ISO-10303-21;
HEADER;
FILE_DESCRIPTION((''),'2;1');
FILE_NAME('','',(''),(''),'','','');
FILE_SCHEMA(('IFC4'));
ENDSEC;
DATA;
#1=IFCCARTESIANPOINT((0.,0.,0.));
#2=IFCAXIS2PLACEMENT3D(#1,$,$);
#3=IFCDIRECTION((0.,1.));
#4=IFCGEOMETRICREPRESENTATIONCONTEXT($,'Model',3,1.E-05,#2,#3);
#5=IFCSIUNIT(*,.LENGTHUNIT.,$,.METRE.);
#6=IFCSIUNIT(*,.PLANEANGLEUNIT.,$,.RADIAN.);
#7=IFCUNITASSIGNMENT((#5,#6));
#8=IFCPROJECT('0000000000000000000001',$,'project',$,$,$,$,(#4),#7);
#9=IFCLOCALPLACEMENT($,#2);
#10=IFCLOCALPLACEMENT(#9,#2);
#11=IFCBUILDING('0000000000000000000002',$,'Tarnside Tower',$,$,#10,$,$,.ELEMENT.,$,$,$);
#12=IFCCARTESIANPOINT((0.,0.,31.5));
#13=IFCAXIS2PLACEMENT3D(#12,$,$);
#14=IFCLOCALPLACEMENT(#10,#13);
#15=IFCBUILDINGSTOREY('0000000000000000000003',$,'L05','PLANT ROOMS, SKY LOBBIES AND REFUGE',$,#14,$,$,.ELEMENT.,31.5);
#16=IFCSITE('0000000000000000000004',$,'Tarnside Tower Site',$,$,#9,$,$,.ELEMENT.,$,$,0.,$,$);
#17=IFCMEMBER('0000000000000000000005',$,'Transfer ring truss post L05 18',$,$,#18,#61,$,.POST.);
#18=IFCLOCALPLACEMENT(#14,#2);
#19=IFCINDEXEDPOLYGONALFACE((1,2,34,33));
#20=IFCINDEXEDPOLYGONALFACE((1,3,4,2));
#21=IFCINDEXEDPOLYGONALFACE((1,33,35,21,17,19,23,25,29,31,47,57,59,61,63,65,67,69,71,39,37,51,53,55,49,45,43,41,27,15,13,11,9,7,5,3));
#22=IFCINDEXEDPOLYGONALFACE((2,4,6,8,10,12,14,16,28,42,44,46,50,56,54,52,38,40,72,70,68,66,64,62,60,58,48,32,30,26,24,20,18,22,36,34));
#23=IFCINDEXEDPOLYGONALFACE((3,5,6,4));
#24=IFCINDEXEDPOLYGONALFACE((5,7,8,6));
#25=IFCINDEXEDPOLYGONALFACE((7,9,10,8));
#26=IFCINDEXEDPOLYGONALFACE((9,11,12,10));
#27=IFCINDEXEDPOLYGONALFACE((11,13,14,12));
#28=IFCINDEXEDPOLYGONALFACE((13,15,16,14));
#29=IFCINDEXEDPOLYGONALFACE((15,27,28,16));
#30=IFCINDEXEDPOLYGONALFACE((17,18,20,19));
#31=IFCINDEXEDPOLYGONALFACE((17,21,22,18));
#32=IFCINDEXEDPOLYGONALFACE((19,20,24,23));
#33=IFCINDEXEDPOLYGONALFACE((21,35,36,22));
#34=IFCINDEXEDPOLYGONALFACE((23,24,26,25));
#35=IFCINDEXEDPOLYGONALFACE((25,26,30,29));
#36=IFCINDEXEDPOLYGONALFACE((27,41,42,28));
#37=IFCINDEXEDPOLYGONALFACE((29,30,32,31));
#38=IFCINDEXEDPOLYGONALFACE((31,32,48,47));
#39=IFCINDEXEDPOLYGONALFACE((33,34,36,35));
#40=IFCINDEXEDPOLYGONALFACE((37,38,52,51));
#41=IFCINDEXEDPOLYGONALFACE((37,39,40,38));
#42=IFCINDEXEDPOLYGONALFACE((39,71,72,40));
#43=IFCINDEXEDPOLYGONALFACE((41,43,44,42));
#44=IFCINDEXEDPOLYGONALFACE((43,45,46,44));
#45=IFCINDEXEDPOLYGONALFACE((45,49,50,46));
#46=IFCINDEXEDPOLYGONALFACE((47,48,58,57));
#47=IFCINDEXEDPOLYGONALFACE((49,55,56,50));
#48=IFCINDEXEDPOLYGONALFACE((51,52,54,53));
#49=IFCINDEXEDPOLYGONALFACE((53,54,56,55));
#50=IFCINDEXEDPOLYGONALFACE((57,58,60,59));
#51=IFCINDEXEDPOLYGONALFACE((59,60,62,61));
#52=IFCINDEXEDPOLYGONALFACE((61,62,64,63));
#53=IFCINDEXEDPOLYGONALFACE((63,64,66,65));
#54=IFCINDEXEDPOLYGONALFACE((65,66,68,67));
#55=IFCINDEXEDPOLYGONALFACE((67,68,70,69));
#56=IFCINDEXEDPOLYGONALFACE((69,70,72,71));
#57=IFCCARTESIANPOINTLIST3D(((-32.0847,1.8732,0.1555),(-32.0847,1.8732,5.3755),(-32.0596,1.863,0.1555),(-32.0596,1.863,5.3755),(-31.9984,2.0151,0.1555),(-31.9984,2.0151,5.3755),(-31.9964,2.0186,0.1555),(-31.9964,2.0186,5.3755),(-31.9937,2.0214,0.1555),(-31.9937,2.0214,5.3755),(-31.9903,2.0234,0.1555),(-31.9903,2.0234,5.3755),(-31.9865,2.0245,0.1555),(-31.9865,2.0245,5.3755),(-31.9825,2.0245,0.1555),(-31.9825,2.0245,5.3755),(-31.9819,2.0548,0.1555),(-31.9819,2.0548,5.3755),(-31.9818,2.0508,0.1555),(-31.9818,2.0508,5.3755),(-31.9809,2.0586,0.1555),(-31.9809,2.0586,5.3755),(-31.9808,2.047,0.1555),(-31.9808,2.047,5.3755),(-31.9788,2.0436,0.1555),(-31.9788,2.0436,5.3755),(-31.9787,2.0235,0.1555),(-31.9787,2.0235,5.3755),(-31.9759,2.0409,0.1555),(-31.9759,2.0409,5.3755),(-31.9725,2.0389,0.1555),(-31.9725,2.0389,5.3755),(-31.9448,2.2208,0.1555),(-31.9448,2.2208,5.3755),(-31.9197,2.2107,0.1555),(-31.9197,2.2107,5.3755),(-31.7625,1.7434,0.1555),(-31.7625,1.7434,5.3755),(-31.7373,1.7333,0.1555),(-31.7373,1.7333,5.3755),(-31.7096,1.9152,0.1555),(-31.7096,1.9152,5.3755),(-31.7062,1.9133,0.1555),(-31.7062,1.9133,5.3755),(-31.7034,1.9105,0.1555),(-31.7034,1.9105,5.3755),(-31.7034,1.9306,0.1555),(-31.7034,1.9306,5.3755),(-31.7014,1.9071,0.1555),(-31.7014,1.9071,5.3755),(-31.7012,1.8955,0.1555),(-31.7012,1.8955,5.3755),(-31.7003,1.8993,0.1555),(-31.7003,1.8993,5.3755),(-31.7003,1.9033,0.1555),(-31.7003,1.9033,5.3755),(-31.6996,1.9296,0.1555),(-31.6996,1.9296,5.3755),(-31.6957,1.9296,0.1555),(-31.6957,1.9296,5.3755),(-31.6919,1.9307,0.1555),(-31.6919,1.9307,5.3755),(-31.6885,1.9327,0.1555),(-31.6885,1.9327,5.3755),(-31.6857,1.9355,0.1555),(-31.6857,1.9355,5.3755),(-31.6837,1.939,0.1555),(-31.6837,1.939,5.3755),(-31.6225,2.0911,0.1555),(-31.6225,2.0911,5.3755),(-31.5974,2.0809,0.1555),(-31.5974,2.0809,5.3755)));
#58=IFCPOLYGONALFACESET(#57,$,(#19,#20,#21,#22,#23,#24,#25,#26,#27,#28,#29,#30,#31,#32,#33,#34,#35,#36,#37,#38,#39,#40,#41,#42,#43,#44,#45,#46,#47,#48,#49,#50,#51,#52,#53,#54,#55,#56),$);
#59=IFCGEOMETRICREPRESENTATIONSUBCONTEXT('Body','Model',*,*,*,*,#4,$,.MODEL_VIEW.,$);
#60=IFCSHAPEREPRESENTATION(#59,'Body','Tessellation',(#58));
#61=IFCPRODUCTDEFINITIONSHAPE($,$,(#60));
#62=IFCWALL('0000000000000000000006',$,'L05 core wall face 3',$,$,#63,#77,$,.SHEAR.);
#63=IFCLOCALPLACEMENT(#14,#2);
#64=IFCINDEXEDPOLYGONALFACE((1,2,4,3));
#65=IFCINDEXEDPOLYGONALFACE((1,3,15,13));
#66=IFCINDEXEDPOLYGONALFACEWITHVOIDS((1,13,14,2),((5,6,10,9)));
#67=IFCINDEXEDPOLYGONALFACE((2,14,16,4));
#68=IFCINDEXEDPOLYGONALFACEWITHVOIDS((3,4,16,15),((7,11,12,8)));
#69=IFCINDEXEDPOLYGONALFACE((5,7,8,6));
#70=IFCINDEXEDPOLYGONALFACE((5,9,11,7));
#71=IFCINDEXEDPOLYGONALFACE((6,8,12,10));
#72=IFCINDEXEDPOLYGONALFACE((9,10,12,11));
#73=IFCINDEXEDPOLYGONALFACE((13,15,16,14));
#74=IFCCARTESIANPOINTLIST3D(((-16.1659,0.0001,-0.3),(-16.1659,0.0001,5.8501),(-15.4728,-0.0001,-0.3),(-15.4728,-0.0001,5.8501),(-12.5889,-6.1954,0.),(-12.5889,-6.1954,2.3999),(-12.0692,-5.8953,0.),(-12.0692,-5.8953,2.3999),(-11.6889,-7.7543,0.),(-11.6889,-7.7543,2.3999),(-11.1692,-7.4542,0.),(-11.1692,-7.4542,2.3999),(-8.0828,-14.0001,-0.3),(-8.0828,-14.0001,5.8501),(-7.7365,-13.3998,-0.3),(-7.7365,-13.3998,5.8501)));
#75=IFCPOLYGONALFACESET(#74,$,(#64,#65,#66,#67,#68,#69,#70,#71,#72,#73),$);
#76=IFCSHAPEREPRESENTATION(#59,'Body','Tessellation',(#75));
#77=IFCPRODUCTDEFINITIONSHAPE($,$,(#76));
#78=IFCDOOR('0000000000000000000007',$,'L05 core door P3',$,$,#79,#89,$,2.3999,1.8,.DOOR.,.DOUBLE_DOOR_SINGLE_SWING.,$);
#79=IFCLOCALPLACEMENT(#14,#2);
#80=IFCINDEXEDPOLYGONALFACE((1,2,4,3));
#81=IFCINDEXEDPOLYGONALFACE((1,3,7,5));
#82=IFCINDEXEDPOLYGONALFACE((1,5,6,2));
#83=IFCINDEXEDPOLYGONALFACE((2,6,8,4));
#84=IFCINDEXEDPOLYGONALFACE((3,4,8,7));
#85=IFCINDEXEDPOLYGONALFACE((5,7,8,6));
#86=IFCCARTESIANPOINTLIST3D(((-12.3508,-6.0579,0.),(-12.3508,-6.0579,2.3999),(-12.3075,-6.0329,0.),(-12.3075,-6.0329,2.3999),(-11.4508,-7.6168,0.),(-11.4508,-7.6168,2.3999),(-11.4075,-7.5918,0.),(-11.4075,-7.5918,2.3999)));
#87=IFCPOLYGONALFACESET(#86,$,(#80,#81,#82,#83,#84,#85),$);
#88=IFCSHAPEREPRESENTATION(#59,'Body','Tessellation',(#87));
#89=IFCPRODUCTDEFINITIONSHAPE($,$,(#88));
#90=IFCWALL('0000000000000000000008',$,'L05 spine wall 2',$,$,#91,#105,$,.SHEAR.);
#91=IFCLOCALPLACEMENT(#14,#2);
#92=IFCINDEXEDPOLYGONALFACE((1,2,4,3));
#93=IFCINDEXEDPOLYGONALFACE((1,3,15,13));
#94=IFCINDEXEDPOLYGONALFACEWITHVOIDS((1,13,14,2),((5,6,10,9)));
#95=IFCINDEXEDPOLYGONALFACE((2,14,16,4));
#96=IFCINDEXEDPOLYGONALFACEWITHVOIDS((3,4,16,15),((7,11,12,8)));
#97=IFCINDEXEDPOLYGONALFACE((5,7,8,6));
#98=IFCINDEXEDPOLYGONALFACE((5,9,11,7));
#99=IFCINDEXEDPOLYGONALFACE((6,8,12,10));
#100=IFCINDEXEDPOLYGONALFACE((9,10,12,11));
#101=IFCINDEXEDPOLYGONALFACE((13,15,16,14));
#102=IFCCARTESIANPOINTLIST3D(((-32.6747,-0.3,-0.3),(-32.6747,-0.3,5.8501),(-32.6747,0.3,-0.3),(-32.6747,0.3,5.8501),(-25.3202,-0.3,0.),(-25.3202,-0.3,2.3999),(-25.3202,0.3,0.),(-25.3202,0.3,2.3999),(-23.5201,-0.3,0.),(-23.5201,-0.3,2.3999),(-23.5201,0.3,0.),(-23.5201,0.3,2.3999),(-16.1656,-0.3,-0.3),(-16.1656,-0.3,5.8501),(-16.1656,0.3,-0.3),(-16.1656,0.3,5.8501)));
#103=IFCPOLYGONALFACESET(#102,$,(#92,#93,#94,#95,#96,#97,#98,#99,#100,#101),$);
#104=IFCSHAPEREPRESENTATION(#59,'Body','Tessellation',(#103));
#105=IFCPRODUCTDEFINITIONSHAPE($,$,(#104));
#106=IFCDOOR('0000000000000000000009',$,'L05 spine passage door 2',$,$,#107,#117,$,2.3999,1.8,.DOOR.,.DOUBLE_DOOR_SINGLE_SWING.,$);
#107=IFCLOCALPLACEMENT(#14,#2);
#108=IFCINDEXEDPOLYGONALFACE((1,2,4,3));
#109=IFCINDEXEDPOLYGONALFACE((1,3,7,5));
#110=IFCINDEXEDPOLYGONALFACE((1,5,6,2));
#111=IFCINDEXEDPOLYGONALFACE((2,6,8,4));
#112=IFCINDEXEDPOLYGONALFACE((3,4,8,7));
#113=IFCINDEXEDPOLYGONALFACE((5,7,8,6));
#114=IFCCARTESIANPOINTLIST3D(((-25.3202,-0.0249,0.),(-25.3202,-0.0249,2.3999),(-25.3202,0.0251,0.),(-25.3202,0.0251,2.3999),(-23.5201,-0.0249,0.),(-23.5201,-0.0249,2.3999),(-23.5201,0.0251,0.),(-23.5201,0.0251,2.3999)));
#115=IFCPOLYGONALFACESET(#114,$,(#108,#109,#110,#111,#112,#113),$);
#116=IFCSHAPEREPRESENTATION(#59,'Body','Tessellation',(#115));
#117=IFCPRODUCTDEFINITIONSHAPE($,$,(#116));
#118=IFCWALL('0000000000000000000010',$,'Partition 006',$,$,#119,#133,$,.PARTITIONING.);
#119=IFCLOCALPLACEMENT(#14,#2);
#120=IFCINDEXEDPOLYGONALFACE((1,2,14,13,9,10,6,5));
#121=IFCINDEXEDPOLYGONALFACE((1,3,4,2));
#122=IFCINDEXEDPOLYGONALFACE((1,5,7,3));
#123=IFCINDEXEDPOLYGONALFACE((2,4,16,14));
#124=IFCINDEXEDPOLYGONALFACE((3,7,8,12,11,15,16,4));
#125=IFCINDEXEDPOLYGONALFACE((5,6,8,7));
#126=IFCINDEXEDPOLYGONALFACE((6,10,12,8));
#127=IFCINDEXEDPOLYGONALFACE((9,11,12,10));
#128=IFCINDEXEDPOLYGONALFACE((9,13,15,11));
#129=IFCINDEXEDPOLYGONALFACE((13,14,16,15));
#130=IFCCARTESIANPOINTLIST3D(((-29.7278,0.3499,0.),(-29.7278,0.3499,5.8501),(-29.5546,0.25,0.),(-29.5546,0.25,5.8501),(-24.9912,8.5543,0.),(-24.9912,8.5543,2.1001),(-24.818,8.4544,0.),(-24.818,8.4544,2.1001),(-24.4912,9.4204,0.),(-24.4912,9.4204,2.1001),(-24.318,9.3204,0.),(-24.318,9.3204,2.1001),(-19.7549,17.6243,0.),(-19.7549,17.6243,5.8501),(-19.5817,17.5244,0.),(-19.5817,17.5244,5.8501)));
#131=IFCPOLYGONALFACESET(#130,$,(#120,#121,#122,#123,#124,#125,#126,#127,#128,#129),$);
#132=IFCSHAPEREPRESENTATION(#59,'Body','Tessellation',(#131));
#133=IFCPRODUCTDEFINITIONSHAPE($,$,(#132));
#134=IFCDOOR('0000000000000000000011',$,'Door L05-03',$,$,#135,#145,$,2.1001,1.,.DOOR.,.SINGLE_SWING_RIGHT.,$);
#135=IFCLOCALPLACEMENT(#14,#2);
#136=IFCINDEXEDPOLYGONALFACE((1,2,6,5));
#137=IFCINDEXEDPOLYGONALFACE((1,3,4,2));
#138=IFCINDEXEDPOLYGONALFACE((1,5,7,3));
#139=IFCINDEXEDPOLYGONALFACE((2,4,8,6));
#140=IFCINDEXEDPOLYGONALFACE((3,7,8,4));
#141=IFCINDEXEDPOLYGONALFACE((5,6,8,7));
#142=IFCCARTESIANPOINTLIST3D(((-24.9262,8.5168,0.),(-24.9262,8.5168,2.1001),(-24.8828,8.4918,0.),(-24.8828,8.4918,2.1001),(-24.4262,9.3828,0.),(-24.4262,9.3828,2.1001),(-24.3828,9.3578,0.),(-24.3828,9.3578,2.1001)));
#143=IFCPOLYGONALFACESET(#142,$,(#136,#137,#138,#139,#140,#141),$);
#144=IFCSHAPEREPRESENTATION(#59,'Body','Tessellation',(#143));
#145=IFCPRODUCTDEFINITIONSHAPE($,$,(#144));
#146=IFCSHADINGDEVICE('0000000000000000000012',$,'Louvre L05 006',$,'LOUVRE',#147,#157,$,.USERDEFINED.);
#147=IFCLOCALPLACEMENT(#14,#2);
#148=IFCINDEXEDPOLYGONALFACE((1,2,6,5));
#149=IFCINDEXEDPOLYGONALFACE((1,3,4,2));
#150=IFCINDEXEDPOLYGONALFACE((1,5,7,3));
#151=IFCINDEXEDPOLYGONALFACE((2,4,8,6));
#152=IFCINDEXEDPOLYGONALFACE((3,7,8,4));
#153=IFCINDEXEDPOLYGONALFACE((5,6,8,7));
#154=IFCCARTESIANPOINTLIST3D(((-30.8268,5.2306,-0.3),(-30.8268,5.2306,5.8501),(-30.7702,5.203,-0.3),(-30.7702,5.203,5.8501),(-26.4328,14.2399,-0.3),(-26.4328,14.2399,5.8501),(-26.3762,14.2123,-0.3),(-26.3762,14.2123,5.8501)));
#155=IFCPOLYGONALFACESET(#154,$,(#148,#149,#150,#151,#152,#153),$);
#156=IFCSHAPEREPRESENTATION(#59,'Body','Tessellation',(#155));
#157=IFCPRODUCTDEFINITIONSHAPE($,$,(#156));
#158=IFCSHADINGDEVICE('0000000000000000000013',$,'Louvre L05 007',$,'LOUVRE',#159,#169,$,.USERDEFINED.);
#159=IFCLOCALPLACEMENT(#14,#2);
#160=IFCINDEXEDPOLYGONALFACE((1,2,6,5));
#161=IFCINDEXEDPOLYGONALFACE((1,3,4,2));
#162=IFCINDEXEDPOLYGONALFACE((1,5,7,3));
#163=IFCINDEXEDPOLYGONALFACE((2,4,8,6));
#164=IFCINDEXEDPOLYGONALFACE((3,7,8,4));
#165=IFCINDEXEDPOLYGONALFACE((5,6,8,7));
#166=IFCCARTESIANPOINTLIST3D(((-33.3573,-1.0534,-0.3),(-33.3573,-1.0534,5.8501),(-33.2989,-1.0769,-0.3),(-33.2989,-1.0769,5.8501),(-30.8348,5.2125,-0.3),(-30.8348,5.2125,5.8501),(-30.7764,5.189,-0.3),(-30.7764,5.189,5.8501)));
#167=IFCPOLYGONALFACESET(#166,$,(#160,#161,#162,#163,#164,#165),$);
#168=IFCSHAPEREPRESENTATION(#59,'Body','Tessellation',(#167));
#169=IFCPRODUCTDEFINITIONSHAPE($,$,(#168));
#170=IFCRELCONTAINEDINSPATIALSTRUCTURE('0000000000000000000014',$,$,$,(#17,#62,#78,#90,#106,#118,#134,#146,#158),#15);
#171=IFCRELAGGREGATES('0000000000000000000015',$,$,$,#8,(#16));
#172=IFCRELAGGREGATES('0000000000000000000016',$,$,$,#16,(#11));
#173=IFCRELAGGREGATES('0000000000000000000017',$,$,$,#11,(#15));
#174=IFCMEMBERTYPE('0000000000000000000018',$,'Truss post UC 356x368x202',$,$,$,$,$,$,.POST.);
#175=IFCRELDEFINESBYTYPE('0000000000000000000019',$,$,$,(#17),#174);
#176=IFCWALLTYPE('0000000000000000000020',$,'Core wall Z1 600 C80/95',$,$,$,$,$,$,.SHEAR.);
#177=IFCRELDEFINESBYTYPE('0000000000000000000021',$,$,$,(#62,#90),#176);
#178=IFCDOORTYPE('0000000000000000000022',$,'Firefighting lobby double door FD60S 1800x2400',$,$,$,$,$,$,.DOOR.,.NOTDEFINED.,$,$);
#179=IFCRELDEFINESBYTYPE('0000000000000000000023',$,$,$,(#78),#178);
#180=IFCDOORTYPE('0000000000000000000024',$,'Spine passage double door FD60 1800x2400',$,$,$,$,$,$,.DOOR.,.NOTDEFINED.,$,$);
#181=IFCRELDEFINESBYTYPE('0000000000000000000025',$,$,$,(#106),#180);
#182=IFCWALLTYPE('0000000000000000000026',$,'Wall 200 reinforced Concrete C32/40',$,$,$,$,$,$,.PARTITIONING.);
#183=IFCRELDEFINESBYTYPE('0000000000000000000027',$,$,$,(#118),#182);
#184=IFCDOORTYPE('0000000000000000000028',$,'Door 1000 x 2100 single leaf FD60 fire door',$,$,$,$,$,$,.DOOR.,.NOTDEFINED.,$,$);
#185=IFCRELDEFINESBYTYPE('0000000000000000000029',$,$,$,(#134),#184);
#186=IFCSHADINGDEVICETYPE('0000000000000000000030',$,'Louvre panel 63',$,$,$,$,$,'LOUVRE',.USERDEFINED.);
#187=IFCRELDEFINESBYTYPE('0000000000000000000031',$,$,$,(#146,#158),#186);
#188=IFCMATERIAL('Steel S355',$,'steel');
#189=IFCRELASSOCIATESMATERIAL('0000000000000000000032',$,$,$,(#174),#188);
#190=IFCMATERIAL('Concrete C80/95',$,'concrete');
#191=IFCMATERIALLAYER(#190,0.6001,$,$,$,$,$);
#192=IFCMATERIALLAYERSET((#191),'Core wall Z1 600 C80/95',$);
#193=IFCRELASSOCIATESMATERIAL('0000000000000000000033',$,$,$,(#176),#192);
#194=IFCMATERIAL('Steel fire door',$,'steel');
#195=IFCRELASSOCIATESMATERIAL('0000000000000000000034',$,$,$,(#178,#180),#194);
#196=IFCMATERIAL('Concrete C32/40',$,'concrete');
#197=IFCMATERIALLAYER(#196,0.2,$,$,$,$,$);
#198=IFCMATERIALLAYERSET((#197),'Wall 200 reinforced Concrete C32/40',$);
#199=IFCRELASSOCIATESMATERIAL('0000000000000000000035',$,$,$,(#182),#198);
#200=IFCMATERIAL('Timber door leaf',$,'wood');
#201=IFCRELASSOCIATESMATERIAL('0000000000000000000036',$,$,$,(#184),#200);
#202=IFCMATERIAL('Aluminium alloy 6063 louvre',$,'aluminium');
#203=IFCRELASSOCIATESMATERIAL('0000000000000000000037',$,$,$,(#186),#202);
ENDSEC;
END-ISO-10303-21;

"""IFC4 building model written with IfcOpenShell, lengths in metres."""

from ifc_helpers import new_model, si_unit, direction, frame, frame_2d, origin, origin_2d, place, context, subcontext, project, spatial, polyline, rectangle, i_section, outline, extrude, material, layer, layer_set, material_profile, profile_set, type_object, element, fill, save


model = new_model("IFC4")

# Units and contexts
model_context = context("Model", 3, precision=1e-05, world=origin(), true_north=direction((0.0, 1.0)))
body_context = subcontext(model_context, "Body", "Model", "MODEL_VIEW")
ifc_project = project(units=[si_unit("LENGTHUNIT", "METRE"), si_unit("PLANEANGLEUNIT", "RADIAN")], contexts=[model_context])

# Site, building, storey
site_placement = place(None, origin())
site = spatial("IfcSite", under=ifc_project, at=site_placement, Name="Tarnside Tower Site", CompositionType="ELEMENT", RefElevation=0.0)
building_placement = place(site_placement, origin())
building = spatial("IfcBuilding", under=site, at=building_placement, Name="Tarnside Tower", CompositionType="ELEMENT")
storey_placement = place(building_placement, frame((0.0, 0.0, 31.5)))
storey = spatial("IfcBuildingStorey", under=building, at=storey_placement, Name="L05", Description="PLANT ROOMS, SKY LOBBIES AND REFUGE", CompositionType="ELEMENT", Elevation=31.5)

# Shared definitions
ifc_material_1 = material(Name="Steel S355", Category="steel")

# Member
ifc_material_profile_1 = material_profile(ifc_material_1, i_section(OverallWidth=0.3748, OverallDepth=0.3745, WebThickness=0.0166, FlangeThickness=0.0271, FilletRadius=0.0151, at=origin_2d()), Name="UC 356x368x202")
ifc_profile_set_1 = profile_set([ifc_material_profile_1], Name="Steel S355")
member_type_1 = type_object("IfcMemberType", Name="Truss post UC 356x368x202", PredefinedType="POST", material=ifc_profile_set_1)
for number, where, z_axis, x_axis, name in (
    (1, (-31.8411, 1.9771, 0.1555), (0.0, 0.0, 1.0), (-0.373452, -0.92765, 0.0), "Transfer ring truss post L05 18"),
):
    element("IfcMember", number, at=place(storey_placement, frame(where, z_axis=z_axis, x_axis=x_axis)), inside=storey, type_object=member_type_1, Name=name, PredefinedType="POST", context=body_context, shape_type="SweptSolid", body=[
        extrude(i_section(OverallWidth=0.3748, OverallDepth=0.3745, WebThickness=0.0166, FlangeThickness=0.0271, FilletRadius=0.0151, at=origin_2d()), origin(), (0.0, 0.0, 1.0), 5.22),
    ])

# Walls, openings, doors
ifc_material_2 = material(Name="Concrete C80/95", Category="concrete")
ifc_layer_1 = layer(ifc_material_2, 0.6001)
ifc_layer_set_1 = layer_set([ifc_layer_1], Name="Core wall Z1 600 C80/95")
wall_type_1 = type_object("IfcWallType", Name="Core wall Z1 600 C80/95", PredefinedType="SHEAR", material=ifc_layer_set_1)
wall_1_placement = place(storey_placement, frame((-15.8193, 0.0, -0.3), z_axis=(0.0, 0.0, 1.0), x_axis=(0.5, -0.866025, 0.0)))
wall_1 = element("IfcWall", 2, at=wall_1_placement, inside=storey, type_object=wall_type_1, Name="L05 core wall face 3", PredefinedType="SHEAR", context=body_context, shape_type="SweptSolid", body=[
    extrude(outline(polyline([(-0.1733, -0.3), (15.9927, -0.3), (15.646, 0.3), (0.1733, 0.3), (-0.1733, -0.3)])), origin(), (0.0, 0.0, 1.0), 6.1501),
])
opening_1_placement = place(wall_1_placement, frame((6.9807, 0.0, 0.3)))
opening_1 = element("IfcOpeningElement", 3, at=opening_1_placement, cuts=wall_1, PredefinedType="OPENING", context=body_context, shape_type="SweptSolid", body=[
    extrude(rectangle(XDim=1.8, YDim=2.3999, at=frame_2d((0.8999, 1.2))), frame((0.0, 0.3101, 0.0), z_axis=(0.0, -1.0, 0.0), x_axis=(1.0, 0.0, 0.0)), (0.0, 0.0, 1.0), 0.6201),
])
ifc_material_3 = material(Name="Steel fire door", Category="steel")
door_type_1 = type_object("IfcDoorType", Name="Firefighting lobby double door FD60S 1800x2400", OperationType="NOTDEFINED", PredefinedType="DOOR", material=ifc_material_3)
door_1_placement = place(opening_1_placement, origin())
door_1 = element("IfcDoor", 4, at=door_1_placement, inside=storey, type_object=door_type_1, Name="L05 core door P3", OperationType="DOUBLE_DOOR_SINGLE_SWING", OverallHeight=2.3999, OverallWidth=1.8, PredefinedType="DOOR", context=body_context, shape_type="SweptSolid", body=[
    extrude(rectangle(XDim=1.8, YDim=2.3999, at=frame_2d((0.8999, 1.2))), frame((0.0, 0.0249, 0.0), z_axis=(0.0, -1.0, 0.0), x_axis=(1.0, 0.0, 0.0)), (0.0, 0.0, 1.0), 0.05),
])
fill(opening_1, door_1)
wall_2_placement = place(storey_placement, frame((-16.1658, 0.0, -0.3), z_axis=(0.0, 0.0, 1.0), x_axis=(-1.0, 0.0, 0.0)))
wall_2 = element("IfcWall", 5, at=wall_2_placement, inside=storey, type_object=wall_type_1, Name="L05 spine wall 2", PredefinedType="SHEAR", context=body_context, shape_type="SweptSolid", body=[
    extrude(rectangle(XDim=16.509, YDim=0.6001, at=frame_2d((8.2544, 0.0))), origin(), (0.0, 0.0, 1.0), 6.1501),
])
opening_2_placement = place(wall_2_placement, frame((7.3545, 0.0, 0.3)))
opening_2 = element("IfcOpeningElement", 6, at=opening_2_placement, cuts=wall_2, PredefinedType="OPENING", context=body_context, shape_type="SweptSolid", body=[
    extrude(rectangle(XDim=1.8, YDim=2.3999, at=frame_2d((0.8999, 1.2))), frame((0.0, 0.3101, 0.0), z_axis=(0.0, -1.0, 0.0), x_axis=(1.0, 0.0, 0.0)), (0.0, 0.0, 1.0), 0.6201),
])
door_type_2 = type_object("IfcDoorType", Name="Spine passage double door FD60 1800x2400", OperationType="NOTDEFINED", PredefinedType="DOOR", material=ifc_material_3)
door_2_placement = place(opening_2_placement, origin())
door_2 = element("IfcDoor", 7, at=door_2_placement, inside=storey, type_object=door_type_2, Name="L05 spine passage door 2", OperationType="DOUBLE_DOOR_SINGLE_SWING", OverallHeight=2.3999, OverallWidth=1.8, PredefinedType="DOOR", context=body_context, shape_type="SweptSolid", body=[
    extrude(rectangle(XDim=1.8, YDim=2.3999, at=frame_2d((0.8999, 1.2))), frame((0.0, 0.0249, 0.0), z_axis=(0.0, -1.0, 0.0), x_axis=(1.0, 0.0, 0.0)), (0.0, 0.0, 1.0), 0.05),
])
fill(opening_2, door_2)
ifc_material_4 = material(Name="Concrete C32/40", Category="concrete")
ifc_layer_2 = layer(ifc_material_4, 0.2)
ifc_layer_set_2 = layer_set([ifc_layer_2], Name="Wall 200 reinforced Concrete C32/40")
wall_type_2 = type_object("IfcWallType", Name="Wall 200 reinforced Concrete C32/40", PredefinedType="PARTITIONING", material=ifc_layer_set_2)
wall_3_placement = place(storey_placement, frame((-29.6411, 0.3, 0.0), z_axis=(0.0, 0.0, 1.0), x_axis=(0.499982, 0.866036, 0.0)))
wall_3 = element("IfcWall", 8, at=wall_3_placement, inside=storey, type_object=wall_type_2, Name="Partition 006", PredefinedType="PARTITIONING", context=body_context, shape_type="SweptSolid", body=[
    extrude(rectangle(XDim=19.9465, YDim=0.2, at=frame_2d((9.9731, 0.0))), origin(), (0.0, 0.0, 1.0), 5.8501),
])
opening_3_placement = place(wall_3_placement, frame((9.4734, 0.0, 0.0)))
opening_3 = element("IfcOpeningElement", 9, at=opening_3_placement, cuts=wall_3, PredefinedType="OPENING", context=body_context, shape_type="SweptSolid", body=[
    extrude(rectangle(XDim=1.0, YDim=2.1001, at=frame_2d((0.5, 1.05))), frame((0.0, 0.1099, 0.0), z_axis=(0.0, -1.0, 0.0), x_axis=(1.0, 0.0, 0.0)), (0.0, 0.0, 1.0), 0.22),
])
ifc_material_5 = material(Name="Timber door leaf", Category="wood")
door_type_3 = type_object("IfcDoorType", Name="Door 1000 x 2100 single leaf FD60 fire door", OperationType="NOTDEFINED", PredefinedType="DOOR", material=ifc_material_5)
door_3_placement = place(opening_3_placement, origin())
door_3 = element("IfcDoor", 10, at=door_3_placement, inside=storey, type_object=door_type_3, Name="Door L05-03", OperationType="SINGLE_SWING_RIGHT", OverallHeight=2.1001, OverallWidth=1.0, PredefinedType="DOOR", context=body_context, shape_type="SweptSolid", body=[
    extrude(rectangle(XDim=1.0, YDim=2.1001, at=frame_2d((0.5, 1.05))), frame((0.0, 0.0249, 0.0), z_axis=(0.0, -1.0, 0.0), x_axis=(1.0, 0.0, 0.0)), (0.0, 0.0, 1.0), 0.05),
])
fill(opening_3, door_3)

# Shading devices
ifc_material_6 = material(Name="Aluminium alloy 6063 louvre", Category="aluminium")
shading_device_type = type_object("IfcShadingDeviceType", Name="Louvre panel 63", ElementType="LOUVRE", PredefinedType="USERDEFINED", material=ifc_material_6)
shading_device_1_placement = place(storey_placement, frame((-28.5732, 9.7075, -0.3), z_axis=(0.438365, 0.898797, 0.0), x_axis=(-0.898797, 0.438365, 0.0)))
element("IfcShadingDevice", 11, at=shading_device_1_placement, inside=storey, type_object=shading_device_type, Name="Louvre L05 006", ObjectType="LOUVRE", PredefinedType="USERDEFINED", context=body_context, shape_type="SweptSolid", body=[
    extrude(outline(polyline([(0.0, 0.0), (0.063, 0.0), (0.063, 6.1501), (0.0, 6.1501), (0.0, 0.0)])), frame((0.0, 0.0, -5.0117)), (0.0, 0.0, 1.0), 10.0237),
])
shading_device_2_placement = place(storey_placement, frame((-32.0376, 2.0562, -0.3), z_axis=(0.37345, 0.92765, 0.0), x_axis=(-0.92765, 0.37345, 0.0)))
element("IfcShadingDevice", 12, at=shading_device_2_placement, inside=storey, type_object=shading_device_type, Name="Louvre L05 007", ObjectType="LOUVRE", PredefinedType="USERDEFINED", context=body_context, shape_type="SweptSolid", body=[
    extrude(outline(polyline([(0.0, 0.0), (0.063, 0.0), (0.063, 6.1501), (0.0, 6.1501), (0.0, 0.0)])), frame((0.0, 0.0, -3.3774)), (0.0, 0.0, 1.0), 6.7546),
])

save(model, "model.ifc")
